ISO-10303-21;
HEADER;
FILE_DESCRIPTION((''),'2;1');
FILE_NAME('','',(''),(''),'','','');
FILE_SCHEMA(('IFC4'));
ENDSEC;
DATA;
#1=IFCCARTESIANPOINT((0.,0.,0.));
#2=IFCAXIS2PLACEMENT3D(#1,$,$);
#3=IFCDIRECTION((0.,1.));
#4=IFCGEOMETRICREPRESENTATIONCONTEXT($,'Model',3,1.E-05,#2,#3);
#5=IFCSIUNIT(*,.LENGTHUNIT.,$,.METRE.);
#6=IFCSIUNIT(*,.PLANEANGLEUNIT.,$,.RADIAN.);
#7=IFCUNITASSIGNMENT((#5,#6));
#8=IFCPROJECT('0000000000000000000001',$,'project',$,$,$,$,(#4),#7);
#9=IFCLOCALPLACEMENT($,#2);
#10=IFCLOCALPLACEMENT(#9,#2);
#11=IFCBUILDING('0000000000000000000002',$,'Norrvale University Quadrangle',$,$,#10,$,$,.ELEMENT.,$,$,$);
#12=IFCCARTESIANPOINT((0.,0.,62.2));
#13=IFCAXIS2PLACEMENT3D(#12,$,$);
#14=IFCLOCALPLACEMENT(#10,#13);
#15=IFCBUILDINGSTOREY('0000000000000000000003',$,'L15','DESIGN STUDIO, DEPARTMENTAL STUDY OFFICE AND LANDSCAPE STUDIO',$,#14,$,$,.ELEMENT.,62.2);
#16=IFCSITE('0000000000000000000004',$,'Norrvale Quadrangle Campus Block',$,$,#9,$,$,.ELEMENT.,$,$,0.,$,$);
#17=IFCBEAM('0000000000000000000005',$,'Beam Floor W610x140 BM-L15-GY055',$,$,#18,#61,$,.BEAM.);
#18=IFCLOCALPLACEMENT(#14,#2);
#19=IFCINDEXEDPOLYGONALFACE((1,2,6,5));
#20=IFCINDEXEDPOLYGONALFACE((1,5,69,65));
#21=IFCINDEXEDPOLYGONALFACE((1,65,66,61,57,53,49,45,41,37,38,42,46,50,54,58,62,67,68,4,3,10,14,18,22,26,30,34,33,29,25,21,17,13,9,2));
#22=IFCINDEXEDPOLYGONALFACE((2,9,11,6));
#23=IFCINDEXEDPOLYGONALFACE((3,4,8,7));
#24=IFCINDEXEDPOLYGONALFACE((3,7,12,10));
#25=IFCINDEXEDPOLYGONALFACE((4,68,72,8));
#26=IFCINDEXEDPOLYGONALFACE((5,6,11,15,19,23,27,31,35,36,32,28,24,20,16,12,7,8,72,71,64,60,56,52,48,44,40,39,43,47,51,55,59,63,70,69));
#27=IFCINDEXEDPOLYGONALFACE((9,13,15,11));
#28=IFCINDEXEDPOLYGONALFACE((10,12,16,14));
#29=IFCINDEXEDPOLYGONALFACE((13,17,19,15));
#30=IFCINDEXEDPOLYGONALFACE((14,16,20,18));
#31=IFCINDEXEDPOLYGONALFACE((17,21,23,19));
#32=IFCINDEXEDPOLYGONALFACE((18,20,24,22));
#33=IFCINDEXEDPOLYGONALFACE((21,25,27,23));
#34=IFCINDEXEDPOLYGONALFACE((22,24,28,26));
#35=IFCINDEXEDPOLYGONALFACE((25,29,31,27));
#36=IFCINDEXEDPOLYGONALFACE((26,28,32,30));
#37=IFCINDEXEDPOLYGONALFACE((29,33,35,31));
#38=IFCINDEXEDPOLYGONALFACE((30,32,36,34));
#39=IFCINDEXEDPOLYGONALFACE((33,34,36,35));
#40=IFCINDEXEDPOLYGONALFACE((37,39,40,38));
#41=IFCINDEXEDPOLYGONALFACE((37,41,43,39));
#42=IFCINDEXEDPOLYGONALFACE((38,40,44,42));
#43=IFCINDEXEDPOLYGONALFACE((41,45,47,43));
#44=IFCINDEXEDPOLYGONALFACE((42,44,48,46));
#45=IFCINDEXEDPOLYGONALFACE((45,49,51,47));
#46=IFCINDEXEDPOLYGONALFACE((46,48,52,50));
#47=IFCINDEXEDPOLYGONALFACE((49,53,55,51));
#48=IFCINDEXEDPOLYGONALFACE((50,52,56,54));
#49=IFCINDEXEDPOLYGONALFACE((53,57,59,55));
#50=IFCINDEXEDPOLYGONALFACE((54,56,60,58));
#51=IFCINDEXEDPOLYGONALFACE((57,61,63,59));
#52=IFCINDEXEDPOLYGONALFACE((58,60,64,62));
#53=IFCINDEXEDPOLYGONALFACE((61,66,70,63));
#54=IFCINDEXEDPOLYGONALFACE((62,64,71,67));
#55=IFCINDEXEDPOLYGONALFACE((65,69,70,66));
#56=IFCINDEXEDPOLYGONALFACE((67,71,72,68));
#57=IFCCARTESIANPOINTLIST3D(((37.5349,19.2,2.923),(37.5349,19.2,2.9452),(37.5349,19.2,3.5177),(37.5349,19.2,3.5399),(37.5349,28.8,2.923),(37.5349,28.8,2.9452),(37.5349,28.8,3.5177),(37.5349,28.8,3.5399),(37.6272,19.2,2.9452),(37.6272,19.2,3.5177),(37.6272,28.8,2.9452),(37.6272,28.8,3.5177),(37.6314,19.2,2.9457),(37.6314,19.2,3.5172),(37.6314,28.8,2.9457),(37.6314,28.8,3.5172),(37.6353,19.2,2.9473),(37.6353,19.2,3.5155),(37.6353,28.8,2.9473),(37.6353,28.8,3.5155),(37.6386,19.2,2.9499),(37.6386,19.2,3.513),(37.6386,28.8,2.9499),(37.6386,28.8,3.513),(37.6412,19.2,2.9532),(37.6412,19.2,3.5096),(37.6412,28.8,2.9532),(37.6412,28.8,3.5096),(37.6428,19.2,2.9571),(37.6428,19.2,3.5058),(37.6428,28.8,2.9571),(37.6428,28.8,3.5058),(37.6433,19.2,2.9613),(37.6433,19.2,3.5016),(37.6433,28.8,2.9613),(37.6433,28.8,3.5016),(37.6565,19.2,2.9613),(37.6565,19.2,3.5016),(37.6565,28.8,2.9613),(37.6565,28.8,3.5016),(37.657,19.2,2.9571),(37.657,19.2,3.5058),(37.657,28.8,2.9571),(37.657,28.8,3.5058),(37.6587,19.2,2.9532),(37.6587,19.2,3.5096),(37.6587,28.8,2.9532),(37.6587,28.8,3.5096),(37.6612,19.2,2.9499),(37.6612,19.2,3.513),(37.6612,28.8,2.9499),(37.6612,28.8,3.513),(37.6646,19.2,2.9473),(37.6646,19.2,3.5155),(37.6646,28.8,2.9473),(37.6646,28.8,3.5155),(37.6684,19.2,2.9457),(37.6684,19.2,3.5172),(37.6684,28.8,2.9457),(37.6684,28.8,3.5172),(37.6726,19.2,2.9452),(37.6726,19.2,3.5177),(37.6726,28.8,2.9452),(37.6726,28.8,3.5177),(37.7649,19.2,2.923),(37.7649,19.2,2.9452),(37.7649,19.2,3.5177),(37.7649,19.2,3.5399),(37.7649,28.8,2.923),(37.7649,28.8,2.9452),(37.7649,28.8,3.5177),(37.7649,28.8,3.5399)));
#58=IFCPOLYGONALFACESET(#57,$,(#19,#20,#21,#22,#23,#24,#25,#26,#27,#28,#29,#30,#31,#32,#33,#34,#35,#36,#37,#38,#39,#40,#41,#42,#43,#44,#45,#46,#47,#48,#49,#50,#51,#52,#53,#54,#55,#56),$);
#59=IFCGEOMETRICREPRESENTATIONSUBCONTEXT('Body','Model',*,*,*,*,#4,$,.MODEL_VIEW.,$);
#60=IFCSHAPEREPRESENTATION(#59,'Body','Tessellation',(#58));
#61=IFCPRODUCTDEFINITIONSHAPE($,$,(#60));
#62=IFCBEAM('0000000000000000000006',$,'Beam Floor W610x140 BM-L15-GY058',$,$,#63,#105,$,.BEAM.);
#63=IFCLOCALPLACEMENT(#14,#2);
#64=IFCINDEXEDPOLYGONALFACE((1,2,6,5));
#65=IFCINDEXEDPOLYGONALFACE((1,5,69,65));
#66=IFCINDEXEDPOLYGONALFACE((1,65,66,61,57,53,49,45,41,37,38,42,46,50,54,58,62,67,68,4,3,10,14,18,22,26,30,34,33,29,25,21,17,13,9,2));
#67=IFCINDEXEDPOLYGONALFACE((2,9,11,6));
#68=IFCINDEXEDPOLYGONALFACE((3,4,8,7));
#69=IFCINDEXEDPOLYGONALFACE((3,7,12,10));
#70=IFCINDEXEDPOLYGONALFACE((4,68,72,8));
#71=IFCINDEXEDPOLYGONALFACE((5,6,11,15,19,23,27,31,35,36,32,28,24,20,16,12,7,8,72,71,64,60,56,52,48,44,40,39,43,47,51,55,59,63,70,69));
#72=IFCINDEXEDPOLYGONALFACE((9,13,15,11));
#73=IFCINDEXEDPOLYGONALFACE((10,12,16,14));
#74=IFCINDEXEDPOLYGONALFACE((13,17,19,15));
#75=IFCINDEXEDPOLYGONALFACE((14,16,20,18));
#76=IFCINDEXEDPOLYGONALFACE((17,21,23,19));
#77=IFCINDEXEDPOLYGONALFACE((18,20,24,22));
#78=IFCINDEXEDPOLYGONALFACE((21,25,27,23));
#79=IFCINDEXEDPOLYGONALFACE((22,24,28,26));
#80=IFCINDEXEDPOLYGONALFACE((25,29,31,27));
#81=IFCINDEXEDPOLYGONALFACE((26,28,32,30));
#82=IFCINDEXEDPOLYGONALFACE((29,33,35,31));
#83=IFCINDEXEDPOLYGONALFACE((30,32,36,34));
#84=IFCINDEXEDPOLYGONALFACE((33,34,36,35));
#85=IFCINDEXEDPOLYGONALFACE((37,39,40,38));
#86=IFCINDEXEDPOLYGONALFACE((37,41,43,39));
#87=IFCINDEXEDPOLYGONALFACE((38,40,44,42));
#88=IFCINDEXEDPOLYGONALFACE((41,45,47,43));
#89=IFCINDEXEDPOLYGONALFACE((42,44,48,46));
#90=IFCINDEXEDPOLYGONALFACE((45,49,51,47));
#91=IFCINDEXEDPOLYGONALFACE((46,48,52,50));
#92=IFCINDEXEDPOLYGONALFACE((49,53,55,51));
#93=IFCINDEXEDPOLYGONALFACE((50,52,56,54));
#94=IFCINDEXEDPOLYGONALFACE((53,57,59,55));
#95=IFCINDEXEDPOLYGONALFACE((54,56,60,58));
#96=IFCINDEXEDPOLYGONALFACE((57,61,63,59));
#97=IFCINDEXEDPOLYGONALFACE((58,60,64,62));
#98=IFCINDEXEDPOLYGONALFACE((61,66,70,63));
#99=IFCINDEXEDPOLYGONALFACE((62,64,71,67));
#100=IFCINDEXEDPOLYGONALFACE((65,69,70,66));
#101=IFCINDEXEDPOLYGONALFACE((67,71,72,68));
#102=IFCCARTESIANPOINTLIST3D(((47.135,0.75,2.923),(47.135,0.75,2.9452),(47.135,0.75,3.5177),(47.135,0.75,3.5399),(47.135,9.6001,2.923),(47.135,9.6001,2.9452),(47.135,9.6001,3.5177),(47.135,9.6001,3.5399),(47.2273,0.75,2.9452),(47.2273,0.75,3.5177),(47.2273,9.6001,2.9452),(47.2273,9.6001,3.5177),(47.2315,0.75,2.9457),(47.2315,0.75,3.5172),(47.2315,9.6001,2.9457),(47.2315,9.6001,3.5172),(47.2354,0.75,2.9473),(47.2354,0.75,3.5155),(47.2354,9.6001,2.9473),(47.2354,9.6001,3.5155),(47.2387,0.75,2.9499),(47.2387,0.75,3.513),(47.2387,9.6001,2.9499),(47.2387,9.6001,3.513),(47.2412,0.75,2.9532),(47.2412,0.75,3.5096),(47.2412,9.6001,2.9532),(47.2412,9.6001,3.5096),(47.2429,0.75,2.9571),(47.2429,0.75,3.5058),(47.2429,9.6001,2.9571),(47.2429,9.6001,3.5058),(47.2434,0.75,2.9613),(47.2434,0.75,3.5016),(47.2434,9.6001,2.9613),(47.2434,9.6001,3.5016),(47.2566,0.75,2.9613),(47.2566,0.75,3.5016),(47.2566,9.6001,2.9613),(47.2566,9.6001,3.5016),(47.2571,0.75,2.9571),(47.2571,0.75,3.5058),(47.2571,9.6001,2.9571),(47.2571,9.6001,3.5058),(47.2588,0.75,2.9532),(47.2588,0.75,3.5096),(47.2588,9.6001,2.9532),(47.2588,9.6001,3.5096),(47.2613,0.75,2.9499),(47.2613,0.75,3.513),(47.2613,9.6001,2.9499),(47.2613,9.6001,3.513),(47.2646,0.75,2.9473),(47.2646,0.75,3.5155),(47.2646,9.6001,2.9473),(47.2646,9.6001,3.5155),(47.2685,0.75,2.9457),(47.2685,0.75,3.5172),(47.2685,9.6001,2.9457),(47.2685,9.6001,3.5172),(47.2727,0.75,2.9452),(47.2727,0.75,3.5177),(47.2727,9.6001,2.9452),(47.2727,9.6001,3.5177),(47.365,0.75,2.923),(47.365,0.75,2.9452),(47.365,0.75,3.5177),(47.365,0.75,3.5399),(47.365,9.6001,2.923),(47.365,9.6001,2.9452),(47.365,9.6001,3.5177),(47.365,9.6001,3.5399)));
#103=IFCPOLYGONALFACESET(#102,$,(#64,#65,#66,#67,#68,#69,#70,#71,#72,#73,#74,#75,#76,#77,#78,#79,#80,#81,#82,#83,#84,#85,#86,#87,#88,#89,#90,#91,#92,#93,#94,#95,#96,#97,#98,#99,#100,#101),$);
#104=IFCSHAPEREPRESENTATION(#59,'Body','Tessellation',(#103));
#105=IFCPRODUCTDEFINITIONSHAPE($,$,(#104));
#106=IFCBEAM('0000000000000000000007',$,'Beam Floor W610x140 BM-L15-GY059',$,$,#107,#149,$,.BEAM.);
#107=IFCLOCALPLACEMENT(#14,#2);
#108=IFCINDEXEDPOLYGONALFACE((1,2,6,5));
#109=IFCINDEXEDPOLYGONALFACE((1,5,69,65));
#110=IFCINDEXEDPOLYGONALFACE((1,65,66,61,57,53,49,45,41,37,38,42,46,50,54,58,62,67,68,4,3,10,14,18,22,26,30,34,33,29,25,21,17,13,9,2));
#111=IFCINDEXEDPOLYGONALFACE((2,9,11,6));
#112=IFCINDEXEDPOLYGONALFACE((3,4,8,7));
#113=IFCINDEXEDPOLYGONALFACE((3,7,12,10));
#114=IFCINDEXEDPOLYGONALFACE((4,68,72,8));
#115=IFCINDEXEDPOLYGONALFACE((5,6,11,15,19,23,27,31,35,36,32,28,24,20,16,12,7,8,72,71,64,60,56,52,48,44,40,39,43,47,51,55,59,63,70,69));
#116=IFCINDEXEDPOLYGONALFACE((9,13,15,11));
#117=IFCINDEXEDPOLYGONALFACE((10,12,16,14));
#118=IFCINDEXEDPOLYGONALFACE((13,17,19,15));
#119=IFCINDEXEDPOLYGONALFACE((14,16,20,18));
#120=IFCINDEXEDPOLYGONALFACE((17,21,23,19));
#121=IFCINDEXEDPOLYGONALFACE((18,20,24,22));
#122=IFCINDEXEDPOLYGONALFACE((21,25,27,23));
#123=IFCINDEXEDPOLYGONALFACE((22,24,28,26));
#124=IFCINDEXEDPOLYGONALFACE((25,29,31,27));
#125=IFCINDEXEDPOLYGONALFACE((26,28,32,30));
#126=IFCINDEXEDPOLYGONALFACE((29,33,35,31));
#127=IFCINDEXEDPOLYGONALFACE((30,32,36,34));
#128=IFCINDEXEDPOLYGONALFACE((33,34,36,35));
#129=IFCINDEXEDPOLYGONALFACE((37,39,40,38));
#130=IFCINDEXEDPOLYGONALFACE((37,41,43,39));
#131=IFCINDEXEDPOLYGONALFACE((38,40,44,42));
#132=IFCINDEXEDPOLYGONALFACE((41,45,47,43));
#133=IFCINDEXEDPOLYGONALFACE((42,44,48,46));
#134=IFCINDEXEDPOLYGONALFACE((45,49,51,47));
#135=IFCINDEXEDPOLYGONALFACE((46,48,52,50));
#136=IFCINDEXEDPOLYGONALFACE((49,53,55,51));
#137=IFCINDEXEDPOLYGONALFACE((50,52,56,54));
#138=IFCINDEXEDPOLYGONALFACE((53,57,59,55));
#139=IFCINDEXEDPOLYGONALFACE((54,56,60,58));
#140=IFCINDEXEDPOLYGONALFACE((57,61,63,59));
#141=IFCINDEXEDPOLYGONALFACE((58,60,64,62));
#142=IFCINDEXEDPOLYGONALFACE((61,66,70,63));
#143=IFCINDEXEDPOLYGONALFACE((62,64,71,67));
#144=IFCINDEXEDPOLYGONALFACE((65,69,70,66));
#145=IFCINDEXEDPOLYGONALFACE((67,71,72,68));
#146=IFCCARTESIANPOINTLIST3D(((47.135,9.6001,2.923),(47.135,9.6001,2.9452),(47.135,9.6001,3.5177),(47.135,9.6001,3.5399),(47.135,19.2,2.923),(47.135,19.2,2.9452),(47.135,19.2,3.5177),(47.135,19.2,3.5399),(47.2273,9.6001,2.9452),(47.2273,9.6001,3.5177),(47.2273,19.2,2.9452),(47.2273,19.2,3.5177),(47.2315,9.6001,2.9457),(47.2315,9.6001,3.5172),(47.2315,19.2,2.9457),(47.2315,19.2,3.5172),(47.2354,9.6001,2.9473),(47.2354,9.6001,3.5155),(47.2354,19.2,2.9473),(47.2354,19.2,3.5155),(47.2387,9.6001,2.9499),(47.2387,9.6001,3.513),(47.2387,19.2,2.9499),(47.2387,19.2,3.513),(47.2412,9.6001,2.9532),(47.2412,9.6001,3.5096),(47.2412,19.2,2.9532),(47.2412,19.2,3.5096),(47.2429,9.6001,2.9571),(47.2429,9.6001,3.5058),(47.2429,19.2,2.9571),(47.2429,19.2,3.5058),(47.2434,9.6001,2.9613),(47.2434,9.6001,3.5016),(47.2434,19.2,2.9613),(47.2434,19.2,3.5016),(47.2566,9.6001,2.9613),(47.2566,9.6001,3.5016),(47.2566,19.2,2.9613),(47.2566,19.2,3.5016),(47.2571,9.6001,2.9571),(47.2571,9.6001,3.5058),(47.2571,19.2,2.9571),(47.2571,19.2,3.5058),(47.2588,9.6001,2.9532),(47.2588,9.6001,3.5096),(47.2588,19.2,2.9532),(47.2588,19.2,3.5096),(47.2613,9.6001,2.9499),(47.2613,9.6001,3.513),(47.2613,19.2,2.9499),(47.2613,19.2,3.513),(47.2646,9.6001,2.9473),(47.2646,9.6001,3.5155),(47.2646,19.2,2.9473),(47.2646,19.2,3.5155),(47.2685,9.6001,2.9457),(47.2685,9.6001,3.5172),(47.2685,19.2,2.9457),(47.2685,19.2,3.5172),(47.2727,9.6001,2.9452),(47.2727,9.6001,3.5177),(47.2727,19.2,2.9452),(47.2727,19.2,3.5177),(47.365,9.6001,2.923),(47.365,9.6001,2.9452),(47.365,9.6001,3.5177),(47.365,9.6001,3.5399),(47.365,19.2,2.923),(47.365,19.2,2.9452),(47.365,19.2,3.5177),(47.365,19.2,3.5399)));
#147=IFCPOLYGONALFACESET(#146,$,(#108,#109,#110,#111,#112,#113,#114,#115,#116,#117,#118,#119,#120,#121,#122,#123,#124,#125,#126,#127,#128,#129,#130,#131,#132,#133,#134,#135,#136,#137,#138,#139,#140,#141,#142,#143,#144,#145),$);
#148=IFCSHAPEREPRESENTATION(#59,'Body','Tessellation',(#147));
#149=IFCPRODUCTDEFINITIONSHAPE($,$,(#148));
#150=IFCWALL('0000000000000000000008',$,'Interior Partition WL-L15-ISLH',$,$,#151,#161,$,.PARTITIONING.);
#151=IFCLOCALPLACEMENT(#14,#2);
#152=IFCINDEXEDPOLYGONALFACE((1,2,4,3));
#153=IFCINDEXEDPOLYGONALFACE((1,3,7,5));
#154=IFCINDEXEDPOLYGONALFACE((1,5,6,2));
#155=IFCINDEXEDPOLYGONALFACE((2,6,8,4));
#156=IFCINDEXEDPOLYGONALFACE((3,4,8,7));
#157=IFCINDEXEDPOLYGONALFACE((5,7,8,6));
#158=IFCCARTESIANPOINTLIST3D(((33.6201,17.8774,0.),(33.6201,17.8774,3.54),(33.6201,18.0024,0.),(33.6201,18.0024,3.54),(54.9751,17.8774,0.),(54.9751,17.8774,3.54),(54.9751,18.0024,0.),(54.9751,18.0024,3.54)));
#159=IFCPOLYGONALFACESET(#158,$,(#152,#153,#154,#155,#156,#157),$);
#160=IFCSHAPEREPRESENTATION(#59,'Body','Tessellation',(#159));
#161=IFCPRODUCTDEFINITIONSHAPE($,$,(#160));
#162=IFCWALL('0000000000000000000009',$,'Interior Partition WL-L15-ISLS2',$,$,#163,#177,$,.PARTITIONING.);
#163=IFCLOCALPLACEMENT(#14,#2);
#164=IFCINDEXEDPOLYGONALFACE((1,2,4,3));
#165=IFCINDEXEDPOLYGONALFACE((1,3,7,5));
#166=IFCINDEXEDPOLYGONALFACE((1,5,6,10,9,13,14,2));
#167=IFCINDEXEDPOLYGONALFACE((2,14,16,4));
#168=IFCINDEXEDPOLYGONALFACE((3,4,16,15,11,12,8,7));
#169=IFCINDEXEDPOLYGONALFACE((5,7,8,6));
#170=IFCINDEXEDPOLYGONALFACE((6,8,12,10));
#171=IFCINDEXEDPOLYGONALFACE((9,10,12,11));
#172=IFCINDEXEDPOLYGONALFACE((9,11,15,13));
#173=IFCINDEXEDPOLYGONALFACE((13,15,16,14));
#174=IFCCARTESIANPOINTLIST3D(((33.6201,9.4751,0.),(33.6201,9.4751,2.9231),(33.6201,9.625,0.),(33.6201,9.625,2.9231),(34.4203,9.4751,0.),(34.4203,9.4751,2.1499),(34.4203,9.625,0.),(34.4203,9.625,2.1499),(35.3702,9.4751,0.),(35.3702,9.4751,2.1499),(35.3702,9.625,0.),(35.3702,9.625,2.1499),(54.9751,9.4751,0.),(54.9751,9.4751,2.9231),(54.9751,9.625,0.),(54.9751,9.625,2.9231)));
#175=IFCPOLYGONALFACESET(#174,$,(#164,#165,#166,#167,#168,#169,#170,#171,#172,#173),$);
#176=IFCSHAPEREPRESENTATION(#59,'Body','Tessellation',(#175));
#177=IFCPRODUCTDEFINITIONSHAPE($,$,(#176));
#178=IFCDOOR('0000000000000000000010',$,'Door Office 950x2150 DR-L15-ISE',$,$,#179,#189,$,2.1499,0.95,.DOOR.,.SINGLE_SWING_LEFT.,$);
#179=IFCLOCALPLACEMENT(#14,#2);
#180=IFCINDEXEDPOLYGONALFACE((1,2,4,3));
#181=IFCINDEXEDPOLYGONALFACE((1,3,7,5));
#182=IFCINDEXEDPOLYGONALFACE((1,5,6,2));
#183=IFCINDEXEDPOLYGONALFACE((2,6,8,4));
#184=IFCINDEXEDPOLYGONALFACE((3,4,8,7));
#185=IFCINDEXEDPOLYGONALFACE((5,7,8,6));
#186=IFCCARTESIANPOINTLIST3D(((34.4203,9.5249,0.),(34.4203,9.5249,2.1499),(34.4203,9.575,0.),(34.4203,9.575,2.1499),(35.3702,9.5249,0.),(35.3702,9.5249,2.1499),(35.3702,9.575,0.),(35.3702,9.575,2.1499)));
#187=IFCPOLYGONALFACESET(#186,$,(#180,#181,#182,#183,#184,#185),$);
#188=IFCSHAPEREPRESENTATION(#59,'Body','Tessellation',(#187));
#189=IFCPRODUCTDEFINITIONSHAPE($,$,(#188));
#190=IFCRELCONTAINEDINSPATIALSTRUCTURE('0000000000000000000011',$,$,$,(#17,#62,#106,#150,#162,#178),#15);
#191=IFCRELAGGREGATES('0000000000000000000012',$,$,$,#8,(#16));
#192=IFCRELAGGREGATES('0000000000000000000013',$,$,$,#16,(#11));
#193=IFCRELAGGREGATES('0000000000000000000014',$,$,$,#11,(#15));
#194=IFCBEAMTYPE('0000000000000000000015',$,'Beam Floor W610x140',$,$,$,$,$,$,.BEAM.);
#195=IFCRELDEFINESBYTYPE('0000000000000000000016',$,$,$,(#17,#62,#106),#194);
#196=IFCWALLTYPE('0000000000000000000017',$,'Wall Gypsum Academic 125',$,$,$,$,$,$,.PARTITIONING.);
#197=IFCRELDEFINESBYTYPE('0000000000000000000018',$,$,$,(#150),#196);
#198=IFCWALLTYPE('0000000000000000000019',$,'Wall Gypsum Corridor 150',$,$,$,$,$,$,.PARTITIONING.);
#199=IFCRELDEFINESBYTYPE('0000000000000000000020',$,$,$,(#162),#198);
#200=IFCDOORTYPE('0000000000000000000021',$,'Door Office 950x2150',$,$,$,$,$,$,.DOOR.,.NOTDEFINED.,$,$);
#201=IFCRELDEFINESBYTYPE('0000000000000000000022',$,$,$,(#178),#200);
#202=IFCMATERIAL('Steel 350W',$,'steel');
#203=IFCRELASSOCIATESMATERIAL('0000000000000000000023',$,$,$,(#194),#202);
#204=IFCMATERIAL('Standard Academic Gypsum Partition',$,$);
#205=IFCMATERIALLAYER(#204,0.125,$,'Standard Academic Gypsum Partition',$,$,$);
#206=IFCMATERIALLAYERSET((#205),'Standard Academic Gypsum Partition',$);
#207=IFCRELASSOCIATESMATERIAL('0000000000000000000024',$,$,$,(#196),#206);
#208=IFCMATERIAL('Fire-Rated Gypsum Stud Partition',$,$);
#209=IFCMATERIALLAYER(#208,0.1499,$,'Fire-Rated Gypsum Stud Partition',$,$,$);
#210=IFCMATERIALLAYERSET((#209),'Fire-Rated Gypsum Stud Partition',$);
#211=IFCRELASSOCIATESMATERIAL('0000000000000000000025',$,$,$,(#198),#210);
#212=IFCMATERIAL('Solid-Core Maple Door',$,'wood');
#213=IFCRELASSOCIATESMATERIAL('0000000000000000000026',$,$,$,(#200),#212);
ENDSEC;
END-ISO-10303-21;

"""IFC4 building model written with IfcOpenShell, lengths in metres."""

from ifc_helpers import new_model, si_unit, direction, frame, frame_2d, origin, origin_2d, place, context, subcontext, project, spatial, rectangle, i_section, extrude, material, layer, layer_set, material_profile, profile_set, type_object, element, fill, save


model = new_model("IFC4")

# Units and contexts
model_context = context("Model", 3, precision=1e-05, world=origin(), true_north=direction((0.0, 1.0)))
body_context = subcontext(model_context, "Body", "Model", "MODEL_VIEW")
ifc_project = project(units=[si_unit("LENGTHUNIT", "METRE"), si_unit("PLANEANGLEUNIT", "RADIAN")], contexts=[model_context])

# Site, building, storey
site_placement = place(None, origin())
site = spatial("IfcSite", under=ifc_project, at=site_placement, Name="Norrvale Quadrangle Campus Block", CompositionType="ELEMENT", RefElevation=0.0)
building_placement = place(site_placement, origin())
building = spatial("IfcBuilding", under=site, at=building_placement, Name="Norrvale University Quadrangle", CompositionType="ELEMENT")
storey_placement = place(building_placement, frame((0.0, 0.0, 62.2)))
storey = spatial("IfcBuildingStorey", under=building, at=storey_placement, Name="L15", Description="DESIGN STUDIO, DEPARTMENTAL STUDY OFFICE AND LANDSCAPE STUDIO", CompositionType="ELEMENT", Elevation=62.2)

# Beams
ifc_material_1 = material(Name="Steel 350W", Category="steel")
ifc_material_profile_1 = material_profile(ifc_material_1, i_section(OverallWidth=0.23, OverallDepth=0.6169, WebThickness=0.0132, FlangeThickness=0.0222, FilletRadius=0.0161, at=origin_2d()), Name="Steel 350W")
ifc_profile_set_1 = profile_set([ifc_material_profile_1], Name="Steel 350W")
beam_type_1 = type_object("IfcBeamType", Name="Beam Floor W610x140", PredefinedType="BEAM", material=ifc_profile_set_1)
beam_1_placement = place(storey_placement, frame((37.6499, 19.2, 3.2314), z_axis=(0.0, 1.0, 0.0), x_axis=(-1.0, 0.0, 0.0)))
element("IfcBeam", 1, at=beam_1_placement, inside=storey, type_object=beam_type_1, Name="Beam Floor W610x140 BM-L15-GY055", PredefinedType="BEAM", context=body_context, shape_type="SweptSolid", body=[
    extrude(i_section(OverallWidth=0.23, OverallDepth=0.6169, WebThickness=0.0132, FlangeThickness=0.0222, FilletRadius=0.0161, at=origin_2d()), origin(), (0.0, 0.0, 1.0), 9.6001),
])
beam_2_placement = place(storey_placement, frame((47.25, 0.75, 3.2314), z_axis=(0.0, 1.0, 0.0), x_axis=(-1.0, 0.0, 0.0)))
element("IfcBeam", 2, at=beam_2_placement, inside=storey, type_object=beam_type_1, Name="Beam Floor W610x140 BM-L15-GY058", PredefinedType="BEAM", context=body_context, shape_type="SweptSolid", body=[
    extrude(i_section(OverallWidth=0.23, OverallDepth=0.6169, WebThickness=0.0132, FlangeThickness=0.0222, FilletRadius=0.0161, at=origin_2d()), origin(), (0.0, 0.0, 1.0), 8.8501),
])
beam_3_placement = place(storey_placement, frame((47.25, 9.6001, 3.2314), z_axis=(0.0, 1.0, 0.0), x_axis=(-1.0, 0.0, 0.0)))
element("IfcBeam", 3, at=beam_3_placement, inside=storey, type_object=beam_type_1, Name="Beam Floor W610x140 BM-L15-GY059", PredefinedType="BEAM", context=body_context, shape_type="SweptSolid", body=[
    extrude(i_section(OverallWidth=0.23, OverallDepth=0.6169, WebThickness=0.0132, FlangeThickness=0.0222, FilletRadius=0.0161, at=origin_2d()), origin(), (0.0, 0.0, 1.0), 9.5999),
])

# Wall
ifc_material_2 = material(Name="Standard Academic Gypsum Partition")
ifc_layer_1 = layer(ifc_material_2, 0.125, Name="Standard Academic Gypsum Partition")
ifc_layer_set_1 = layer_set([ifc_layer_1], Name="Standard Academic Gypsum Partition")
wall_type_1 = type_object("IfcWallType", Name="Wall Gypsum Academic 125", PredefinedType="PARTITIONING", material=ifc_layer_set_1)
wall_1_placement = place(storey_placement, frame((33.6201, 17.9399, 0.0), z_axis=(0.0, 0.0, 1.0), x_axis=(1.0, 0.0, 0.0)))
element("IfcWall", 4, at=wall_1_placement, inside=storey, type_object=wall_type_1, Name="Interior Partition WL-L15-ISLH", PredefinedType="PARTITIONING", context=body_context, shape_type="SweptSolid", body=[
    extrude(rectangle(XDim=21.355, YDim=0.125, at=frame_2d((10.6775, 0.0))), origin(), (0.0, 0.0, 1.0), 3.54),
])

# Wall, opening, door
ifc_material_3 = material(Name="Fire-Rated Gypsum Stud Partition")
ifc_layer_2 = layer(ifc_material_3, 0.1499, Name="Fire-Rated Gypsum Stud Partition")
ifc_layer_set_2 = layer_set([ifc_layer_2], Name="Fire-Rated Gypsum Stud Partition")
wall_type_2 = type_object("IfcWallType", Name="Wall Gypsum Corridor 150", PredefinedType="PARTITIONING", material=ifc_layer_set_2)
wall_2_placement = place(storey_placement, frame((33.6201, 9.55, 0.0), z_axis=(0.0, 0.0, 1.0), x_axis=(1.0, 0.0, 0.0)))
wall_2 = element("IfcWall", 5, at=wall_2_placement, inside=storey, type_object=wall_type_2, Name="Interior Partition WL-L15-ISLS2", PredefinedType="PARTITIONING", context=body_context, shape_type="SweptSolid", body=[
    extrude(rectangle(XDim=21.355, YDim=0.1499, at=frame_2d((10.6775, 0.0))), origin(), (0.0, 0.0, 1.0), 2.9231),
])
opening_placement = place(wall_2_placement, frame((0.8, 0.0, 0.0)))
opening = element("IfcOpeningElement", 6, at=opening_placement, cuts=wall_2, PredefinedType="OPENING", context=body_context, shape_type="SweptSolid", body=[
    extrude(rectangle(XDim=0.95, YDim=2.1499, at=frame_2d((0.4751, 1.075))), frame((0.0, 0.0869, 0.0), z_axis=(0.0, -1.0, 0.0), x_axis=(1.0, 0.0, 0.0)), (0.0, 0.0, 1.0), 0.1738),
])
ifc_material_4 = material(Name="Solid-Core Maple Door", Category="wood")
door_type = type_object("IfcDoorType", Name="Door Office 950x2150", OperationType="NOTDEFINED", PredefinedType="DOOR", material=ifc_material_4)
door_placement = place(opening_placement, origin())
door = element("IfcDoor", 7, at=door_placement, inside=storey, type_object=door_type, Name="Door Office 950x2150 DR-L15-ISE", OperationType="SINGLE_SWING_LEFT", OverallHeight=2.1499, OverallWidth=0.95, PredefinedType="DOOR", context=body_context, shape_type="SweptSolid", body=[
    extrude(rectangle(XDim=0.95, YDim=2.1499, at=frame_2d((0.4751, 1.075))), frame((0.0, 0.0249, 0.0), z_axis=(0.0, -1.0, 0.0), x_axis=(1.0, 0.0, 0.0)), (0.0, 0.0, 1.0), 0.05),
])
fill(opening, door)

save(model, "model.ifc")
